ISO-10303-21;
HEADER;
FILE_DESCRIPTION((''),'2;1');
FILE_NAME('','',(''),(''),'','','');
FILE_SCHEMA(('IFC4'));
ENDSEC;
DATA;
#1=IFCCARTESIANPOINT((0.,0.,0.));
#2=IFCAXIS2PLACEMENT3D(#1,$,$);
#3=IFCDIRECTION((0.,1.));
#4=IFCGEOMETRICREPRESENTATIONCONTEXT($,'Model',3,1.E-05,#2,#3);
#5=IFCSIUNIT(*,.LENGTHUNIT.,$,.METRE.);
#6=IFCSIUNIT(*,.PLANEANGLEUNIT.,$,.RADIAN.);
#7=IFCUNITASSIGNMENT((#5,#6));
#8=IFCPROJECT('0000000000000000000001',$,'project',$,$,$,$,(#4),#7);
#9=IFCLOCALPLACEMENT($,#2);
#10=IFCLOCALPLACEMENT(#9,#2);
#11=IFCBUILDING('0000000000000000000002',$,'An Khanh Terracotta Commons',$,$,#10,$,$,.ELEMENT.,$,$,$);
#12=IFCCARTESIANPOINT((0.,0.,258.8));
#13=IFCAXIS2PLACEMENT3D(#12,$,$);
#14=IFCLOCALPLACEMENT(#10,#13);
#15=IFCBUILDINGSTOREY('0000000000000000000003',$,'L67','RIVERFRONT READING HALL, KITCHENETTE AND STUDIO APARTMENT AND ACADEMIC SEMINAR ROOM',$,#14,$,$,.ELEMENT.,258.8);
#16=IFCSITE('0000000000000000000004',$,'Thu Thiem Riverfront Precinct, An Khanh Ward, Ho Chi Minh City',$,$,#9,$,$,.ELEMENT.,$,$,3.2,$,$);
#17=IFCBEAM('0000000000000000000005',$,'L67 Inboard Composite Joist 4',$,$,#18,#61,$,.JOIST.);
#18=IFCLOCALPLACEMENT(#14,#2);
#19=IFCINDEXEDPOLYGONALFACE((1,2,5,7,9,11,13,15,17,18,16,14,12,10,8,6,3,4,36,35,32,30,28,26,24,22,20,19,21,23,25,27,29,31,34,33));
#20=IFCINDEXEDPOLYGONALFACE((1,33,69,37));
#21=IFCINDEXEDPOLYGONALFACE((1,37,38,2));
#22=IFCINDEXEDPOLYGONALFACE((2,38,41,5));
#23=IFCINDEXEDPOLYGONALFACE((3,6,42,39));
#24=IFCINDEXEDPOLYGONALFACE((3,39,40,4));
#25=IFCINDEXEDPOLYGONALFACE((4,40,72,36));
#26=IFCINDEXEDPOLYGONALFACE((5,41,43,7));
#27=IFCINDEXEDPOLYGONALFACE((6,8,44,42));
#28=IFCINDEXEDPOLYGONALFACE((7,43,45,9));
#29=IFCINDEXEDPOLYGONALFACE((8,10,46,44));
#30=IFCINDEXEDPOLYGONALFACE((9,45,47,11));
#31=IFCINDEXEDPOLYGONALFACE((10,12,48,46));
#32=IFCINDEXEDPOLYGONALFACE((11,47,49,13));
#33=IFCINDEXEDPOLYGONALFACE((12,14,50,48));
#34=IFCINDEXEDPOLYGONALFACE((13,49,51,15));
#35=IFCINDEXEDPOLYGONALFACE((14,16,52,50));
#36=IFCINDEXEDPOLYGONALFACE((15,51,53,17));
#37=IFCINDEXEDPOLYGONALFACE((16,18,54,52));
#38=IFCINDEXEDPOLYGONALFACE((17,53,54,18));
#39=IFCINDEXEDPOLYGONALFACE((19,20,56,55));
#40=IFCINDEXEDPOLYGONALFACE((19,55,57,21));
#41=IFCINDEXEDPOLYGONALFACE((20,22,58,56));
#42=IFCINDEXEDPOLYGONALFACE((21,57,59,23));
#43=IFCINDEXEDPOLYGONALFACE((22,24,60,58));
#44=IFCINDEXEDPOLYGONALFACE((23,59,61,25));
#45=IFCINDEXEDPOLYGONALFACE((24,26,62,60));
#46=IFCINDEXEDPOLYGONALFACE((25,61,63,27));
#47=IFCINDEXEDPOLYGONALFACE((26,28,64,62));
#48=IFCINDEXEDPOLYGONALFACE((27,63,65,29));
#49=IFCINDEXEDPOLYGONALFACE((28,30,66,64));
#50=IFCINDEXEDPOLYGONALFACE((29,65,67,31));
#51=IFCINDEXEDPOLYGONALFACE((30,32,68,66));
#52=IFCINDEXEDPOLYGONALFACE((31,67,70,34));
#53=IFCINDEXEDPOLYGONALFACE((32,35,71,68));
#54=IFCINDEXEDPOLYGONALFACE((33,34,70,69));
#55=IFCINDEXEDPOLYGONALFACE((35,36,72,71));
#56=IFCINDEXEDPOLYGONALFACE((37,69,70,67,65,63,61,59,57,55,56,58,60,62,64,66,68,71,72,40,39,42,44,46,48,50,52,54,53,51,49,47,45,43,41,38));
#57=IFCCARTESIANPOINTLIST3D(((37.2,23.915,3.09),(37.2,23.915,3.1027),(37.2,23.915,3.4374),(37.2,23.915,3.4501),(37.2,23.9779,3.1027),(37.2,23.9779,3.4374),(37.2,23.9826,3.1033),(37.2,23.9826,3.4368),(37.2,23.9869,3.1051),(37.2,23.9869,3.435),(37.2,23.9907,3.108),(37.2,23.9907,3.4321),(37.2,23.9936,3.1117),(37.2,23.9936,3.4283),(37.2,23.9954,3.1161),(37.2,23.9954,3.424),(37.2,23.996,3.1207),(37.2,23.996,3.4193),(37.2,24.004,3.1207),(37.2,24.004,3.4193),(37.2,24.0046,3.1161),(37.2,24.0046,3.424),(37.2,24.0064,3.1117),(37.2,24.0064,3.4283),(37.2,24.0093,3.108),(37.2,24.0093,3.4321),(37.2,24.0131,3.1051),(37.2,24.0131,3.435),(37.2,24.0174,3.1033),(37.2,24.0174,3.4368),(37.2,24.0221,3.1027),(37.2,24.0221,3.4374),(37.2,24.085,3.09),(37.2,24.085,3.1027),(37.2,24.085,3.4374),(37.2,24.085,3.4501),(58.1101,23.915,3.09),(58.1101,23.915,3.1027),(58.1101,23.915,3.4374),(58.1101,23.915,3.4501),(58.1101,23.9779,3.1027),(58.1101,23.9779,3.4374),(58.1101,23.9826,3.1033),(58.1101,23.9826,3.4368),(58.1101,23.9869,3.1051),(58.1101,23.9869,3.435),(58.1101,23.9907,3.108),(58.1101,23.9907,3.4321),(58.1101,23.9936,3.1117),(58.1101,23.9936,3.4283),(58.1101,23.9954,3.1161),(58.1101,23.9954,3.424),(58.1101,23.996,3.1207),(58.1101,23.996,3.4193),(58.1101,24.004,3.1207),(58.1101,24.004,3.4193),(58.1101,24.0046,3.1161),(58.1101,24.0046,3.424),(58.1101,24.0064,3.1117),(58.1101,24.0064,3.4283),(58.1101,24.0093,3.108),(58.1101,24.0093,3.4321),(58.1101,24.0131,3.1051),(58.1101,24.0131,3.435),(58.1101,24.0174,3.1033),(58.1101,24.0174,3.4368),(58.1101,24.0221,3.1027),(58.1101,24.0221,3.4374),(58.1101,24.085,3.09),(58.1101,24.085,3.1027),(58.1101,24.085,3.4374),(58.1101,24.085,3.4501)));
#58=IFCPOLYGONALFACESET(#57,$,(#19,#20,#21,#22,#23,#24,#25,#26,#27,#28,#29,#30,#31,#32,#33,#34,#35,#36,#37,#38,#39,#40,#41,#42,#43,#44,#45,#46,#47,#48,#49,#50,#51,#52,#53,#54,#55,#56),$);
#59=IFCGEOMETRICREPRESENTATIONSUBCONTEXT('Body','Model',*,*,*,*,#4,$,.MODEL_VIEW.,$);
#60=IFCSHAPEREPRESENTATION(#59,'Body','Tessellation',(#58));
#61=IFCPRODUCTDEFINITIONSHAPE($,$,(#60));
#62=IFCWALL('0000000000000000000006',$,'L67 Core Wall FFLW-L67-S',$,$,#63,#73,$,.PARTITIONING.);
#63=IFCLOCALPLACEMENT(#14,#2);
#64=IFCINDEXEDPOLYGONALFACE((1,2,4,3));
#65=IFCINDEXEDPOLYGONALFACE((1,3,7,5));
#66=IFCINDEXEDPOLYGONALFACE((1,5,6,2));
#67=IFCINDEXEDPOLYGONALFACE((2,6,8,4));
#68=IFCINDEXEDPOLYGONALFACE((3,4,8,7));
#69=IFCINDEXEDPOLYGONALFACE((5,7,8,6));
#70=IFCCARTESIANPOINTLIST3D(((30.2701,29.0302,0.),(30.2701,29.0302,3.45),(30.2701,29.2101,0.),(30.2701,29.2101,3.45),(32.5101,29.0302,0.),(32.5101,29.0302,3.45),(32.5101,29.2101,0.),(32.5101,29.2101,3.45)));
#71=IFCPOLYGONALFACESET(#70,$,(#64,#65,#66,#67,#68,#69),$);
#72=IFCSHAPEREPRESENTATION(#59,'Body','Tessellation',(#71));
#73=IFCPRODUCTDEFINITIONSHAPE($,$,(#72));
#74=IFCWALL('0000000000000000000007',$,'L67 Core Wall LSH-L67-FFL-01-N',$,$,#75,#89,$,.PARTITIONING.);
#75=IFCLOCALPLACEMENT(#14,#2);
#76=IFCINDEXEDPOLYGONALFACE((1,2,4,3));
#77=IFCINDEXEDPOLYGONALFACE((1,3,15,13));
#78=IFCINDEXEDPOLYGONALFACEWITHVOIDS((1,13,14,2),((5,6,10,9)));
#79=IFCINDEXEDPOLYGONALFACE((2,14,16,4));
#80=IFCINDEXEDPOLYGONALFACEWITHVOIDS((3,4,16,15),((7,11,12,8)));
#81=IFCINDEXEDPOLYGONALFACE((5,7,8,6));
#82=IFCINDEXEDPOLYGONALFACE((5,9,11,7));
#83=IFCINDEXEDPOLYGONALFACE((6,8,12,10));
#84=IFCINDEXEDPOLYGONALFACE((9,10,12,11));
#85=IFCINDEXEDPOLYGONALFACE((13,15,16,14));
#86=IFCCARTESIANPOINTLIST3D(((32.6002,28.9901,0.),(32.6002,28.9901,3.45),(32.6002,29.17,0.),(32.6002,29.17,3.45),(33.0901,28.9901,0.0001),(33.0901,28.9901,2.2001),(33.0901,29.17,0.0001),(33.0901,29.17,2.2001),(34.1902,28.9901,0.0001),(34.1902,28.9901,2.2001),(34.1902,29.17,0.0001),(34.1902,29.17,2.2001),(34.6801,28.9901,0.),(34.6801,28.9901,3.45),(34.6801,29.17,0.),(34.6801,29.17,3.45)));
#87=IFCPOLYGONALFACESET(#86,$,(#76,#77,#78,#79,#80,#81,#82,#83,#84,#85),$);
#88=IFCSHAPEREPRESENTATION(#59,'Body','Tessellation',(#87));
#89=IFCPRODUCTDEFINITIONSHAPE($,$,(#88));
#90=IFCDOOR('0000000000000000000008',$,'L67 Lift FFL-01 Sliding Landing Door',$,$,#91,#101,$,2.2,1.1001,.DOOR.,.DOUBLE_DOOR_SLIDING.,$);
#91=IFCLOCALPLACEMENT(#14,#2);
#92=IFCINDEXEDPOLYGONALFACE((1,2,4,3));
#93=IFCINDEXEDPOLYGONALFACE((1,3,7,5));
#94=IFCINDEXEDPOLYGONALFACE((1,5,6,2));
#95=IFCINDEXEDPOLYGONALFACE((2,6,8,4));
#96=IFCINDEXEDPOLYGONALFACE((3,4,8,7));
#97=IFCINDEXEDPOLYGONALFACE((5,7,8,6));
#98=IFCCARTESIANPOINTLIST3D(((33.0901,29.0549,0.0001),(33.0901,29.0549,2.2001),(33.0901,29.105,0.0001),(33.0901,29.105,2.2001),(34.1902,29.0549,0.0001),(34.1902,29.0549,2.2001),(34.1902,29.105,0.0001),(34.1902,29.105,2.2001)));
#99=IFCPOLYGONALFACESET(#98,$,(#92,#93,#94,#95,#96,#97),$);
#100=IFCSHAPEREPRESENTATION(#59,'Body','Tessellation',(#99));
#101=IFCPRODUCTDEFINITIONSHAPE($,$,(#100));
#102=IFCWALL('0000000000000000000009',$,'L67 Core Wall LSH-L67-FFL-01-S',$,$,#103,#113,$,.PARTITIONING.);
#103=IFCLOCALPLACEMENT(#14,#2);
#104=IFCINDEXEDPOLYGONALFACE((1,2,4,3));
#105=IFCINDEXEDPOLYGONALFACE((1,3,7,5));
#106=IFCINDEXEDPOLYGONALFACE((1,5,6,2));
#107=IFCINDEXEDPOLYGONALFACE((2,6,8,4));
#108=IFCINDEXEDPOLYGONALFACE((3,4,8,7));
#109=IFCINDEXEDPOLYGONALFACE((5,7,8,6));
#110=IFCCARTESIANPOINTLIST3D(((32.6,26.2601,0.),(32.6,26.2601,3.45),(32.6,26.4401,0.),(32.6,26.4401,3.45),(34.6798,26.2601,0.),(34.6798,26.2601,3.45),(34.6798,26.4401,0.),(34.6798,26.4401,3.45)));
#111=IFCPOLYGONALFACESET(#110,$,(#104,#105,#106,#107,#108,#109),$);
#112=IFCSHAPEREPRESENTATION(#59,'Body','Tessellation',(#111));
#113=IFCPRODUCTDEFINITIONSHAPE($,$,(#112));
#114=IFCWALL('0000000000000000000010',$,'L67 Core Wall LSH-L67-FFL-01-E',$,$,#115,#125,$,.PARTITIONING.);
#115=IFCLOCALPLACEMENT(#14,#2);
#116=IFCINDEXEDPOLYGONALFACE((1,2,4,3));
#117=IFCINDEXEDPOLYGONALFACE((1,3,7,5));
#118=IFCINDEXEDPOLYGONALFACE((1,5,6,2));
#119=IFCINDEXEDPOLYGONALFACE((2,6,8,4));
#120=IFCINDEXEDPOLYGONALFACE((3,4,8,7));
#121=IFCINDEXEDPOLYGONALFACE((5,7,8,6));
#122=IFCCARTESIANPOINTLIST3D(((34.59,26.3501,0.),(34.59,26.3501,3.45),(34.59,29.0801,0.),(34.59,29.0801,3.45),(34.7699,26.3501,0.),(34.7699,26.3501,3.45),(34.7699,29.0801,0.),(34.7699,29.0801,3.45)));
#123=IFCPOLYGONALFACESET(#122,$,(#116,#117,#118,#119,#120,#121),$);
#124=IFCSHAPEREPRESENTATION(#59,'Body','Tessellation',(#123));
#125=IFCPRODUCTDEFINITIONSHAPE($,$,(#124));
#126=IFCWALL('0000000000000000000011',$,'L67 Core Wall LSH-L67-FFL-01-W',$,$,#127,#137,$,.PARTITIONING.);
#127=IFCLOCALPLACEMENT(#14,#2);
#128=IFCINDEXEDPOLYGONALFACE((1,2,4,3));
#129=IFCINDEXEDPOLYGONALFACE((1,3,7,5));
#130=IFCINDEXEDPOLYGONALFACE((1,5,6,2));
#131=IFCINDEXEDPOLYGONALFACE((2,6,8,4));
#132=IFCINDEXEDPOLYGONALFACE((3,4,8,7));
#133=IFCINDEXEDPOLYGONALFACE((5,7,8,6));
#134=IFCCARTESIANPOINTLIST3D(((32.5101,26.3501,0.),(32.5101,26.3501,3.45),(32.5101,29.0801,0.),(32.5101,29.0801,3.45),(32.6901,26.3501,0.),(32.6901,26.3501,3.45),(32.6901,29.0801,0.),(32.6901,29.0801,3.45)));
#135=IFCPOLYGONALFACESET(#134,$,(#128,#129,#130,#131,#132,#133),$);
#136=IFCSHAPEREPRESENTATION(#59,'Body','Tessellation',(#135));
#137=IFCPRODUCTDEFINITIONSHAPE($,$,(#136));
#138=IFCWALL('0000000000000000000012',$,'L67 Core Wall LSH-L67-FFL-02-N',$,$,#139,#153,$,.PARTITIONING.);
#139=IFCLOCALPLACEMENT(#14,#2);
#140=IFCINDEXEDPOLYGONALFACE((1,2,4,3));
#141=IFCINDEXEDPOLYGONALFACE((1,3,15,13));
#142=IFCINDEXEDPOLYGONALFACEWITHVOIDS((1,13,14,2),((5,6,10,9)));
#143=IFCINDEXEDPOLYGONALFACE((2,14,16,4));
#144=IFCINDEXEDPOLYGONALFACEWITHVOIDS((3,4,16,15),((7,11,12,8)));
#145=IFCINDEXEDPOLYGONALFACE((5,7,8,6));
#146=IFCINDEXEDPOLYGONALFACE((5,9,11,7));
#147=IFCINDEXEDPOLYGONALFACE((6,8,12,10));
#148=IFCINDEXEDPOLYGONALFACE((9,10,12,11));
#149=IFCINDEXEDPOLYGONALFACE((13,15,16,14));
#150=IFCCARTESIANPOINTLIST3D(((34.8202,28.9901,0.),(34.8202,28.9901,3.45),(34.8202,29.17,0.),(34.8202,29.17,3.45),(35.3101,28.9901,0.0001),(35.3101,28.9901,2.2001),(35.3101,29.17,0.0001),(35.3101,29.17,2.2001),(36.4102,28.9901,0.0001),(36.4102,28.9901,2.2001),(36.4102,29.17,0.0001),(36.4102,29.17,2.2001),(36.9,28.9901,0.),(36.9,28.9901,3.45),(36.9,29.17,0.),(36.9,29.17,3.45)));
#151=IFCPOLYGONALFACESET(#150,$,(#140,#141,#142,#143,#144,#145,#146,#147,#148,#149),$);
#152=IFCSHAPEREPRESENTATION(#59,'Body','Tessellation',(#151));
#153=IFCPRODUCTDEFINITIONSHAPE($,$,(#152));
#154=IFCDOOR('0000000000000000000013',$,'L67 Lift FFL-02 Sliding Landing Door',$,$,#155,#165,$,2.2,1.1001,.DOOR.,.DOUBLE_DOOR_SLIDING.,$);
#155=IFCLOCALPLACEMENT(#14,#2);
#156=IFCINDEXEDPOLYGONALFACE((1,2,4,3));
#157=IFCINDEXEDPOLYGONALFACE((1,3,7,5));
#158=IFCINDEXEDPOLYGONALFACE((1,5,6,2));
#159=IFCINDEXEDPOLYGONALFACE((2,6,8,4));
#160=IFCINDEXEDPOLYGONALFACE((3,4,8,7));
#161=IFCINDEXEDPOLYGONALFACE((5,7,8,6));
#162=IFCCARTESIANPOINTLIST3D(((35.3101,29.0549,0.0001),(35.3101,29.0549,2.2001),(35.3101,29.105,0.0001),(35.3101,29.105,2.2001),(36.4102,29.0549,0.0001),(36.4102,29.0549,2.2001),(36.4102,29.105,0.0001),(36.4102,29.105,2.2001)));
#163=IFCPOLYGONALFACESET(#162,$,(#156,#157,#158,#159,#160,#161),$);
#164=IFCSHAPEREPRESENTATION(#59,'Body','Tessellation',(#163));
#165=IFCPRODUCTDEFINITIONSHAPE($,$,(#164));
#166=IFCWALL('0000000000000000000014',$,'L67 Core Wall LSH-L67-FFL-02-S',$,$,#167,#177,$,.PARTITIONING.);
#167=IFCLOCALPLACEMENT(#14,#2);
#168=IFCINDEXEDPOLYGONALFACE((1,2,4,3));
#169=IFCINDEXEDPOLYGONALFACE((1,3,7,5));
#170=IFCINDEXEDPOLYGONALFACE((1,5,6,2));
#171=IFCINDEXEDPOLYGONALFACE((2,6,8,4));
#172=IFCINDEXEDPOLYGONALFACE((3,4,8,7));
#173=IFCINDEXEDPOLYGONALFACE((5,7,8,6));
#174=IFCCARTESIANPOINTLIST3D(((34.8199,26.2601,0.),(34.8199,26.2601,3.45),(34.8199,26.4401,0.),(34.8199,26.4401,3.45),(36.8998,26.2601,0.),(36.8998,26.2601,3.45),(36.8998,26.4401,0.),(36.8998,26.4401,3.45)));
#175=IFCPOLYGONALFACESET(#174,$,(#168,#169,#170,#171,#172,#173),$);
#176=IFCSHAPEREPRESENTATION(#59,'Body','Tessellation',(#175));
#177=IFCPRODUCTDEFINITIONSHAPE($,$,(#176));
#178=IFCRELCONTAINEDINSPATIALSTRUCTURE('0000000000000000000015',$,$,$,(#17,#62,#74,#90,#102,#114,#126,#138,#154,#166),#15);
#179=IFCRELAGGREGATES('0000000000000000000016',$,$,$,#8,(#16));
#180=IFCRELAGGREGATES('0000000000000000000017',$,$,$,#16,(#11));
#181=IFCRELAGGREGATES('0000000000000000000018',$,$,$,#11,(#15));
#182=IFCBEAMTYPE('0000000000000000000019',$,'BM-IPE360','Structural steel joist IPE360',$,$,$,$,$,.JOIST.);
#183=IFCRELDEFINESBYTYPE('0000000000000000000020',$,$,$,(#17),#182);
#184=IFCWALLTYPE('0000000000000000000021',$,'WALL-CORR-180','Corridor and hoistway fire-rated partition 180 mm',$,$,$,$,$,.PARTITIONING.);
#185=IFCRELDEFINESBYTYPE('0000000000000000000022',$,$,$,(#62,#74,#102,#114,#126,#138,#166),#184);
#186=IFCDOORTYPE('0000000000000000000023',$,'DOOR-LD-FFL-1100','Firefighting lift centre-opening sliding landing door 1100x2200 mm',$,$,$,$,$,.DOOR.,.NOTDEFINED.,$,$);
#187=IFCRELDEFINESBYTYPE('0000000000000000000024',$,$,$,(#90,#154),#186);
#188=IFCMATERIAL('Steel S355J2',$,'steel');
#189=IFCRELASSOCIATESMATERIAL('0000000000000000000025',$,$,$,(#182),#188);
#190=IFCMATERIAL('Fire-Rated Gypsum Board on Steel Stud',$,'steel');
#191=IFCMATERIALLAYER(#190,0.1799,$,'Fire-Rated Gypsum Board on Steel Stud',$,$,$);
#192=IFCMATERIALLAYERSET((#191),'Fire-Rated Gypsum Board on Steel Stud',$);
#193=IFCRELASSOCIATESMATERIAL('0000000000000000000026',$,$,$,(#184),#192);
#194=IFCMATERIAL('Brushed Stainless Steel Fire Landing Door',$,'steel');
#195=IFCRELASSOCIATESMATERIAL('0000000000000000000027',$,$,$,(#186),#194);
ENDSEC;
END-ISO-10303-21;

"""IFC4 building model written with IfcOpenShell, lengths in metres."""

from ifc_helpers import new_model, si_unit, direction, frame, frame_2d, origin, origin_2d, place, context, subcontext, project, spatial, rectangle, i_section, extrude, material, layer, layer_set, material_profile, profile_set, type_object, element, fill, save


model = new_model("IFC4")

# Units and contexts
model_context = context("Model", 3, precision=1e-05, world=origin(), true_north=direction((0.0, 1.0)))
body_context = subcontext(model_context, "Body", "Model", "MODEL_VIEW")
ifc_project = project(units=[si_unit("LENGTHUNIT", "METRE"), si_unit("PLANEANGLEUNIT", "RADIAN")], contexts=[model_context])

# Site, building, storey
site_placement = place(None, origin())
site = spatial("IfcSite", under=ifc_project, at=site_placement, Name="Thu Thiem Riverfront Precinct, An Khanh Ward, Ho Chi Minh City", CompositionType="ELEMENT", RefElevation=3.2)
building_placement = place(site_placement, origin())
building = spatial("IfcBuilding", under=site, at=building_placement, Name="An Khanh Terracotta Commons", CompositionType="ELEMENT")
storey_placement = place(building_placement, frame((0.0, 0.0, 258.8)))
storey = spatial("IfcBuildingStorey", under=building, at=storey_placement, Name="L67", Description="RIVERFRONT READING HALL, KITCHENETTE AND STUDIO APARTMENT AND ACADEMIC SEMINAR ROOM", CompositionType="ELEMENT", Elevation=258.8)

# Beam
ifc_material_1 = material(Name="Steel S355J2", Category="steel")
ifc_material_profile = material_profile(ifc_material_1, i_section(OverallWidth=0.1699, OverallDepth=0.3601, WebThickness=0.0081, FlangeThickness=0.0127, FilletRadius=0.0181, at=origin_2d()), Name="IPE360")
ifc_profile_set = profile_set([ifc_material_profile], Name="Steel S355J2")
beam_type = type_object("IfcBeamType", Name="BM-IPE360", Description="Structural steel joist IPE360", PredefinedType="JOIST", material=ifc_profile_set)
beam_placement = place(storey_placement, frame((37.2, 24.0, 3.27), z_axis=(1.0, 0.0, 0.0), x_axis=(0.0, 1.0, 0.0)))
element("IfcBeam", 1, at=beam_placement, inside=storey, type_object=beam_type, Name="L67 Inboard Composite Joist 4", PredefinedType="JOIST", context=body_context, shape_type="SweptSolid", body=[
    extrude(i_section(OverallWidth=0.1699, OverallDepth=0.3601, WebThickness=0.0081, FlangeThickness=0.0127, FilletRadius=0.0181, at=origin_2d()), origin(), (0.0, 0.0, 1.0), 20.9102),
])

# Wall
ifc_material_2 = material(Name="Fire-Rated Gypsum Board on Steel Stud", Category="steel")
ifc_layer_1 = layer(ifc_material_2, 0.1799, Name="Fire-Rated Gypsum Board on Steel Stud")
ifc_layer_set_1 = layer_set([ifc_layer_1], Name="Fire-Rated Gypsum Board on Steel Stud")
wall_type_1 = type_object("IfcWallType", Name="WALL-CORR-180", Description="Corridor and hoistway fire-rated partition 180 mm", PredefinedType="PARTITIONING", material=ifc_layer_set_1)
wall_1_placement = place(storey_placement, frame((30.27, 29.1201, 0.0), z_axis=(0.0, 0.0, 1.0), x_axis=(1.0, 0.0, 0.0)))
element("IfcWall", 2, at=wall_1_placement, inside=storey, type_object=wall_type_1, Name="L67 Core Wall FFLW-L67-S", PredefinedType="PARTITIONING", context=body_context, shape_type="SweptSolid", body=[
    extrude(rectangle(XDim=2.24, YDim=0.1799, at=frame_2d((1.1201, 0.0))), origin(), (0.0, 0.0, 1.0), 3.45),
])

# Wall, opening, door
wall_2_placement = place(storey_placement, frame((32.6001, 29.0801, 0.0), z_axis=(0.0, 0.0, 1.0), x_axis=(1.0, 0.0, 0.0)))
wall_2 = element("IfcWall", 3, at=wall_2_placement, inside=storey, type_object=wall_type_1, Name="L67 Core Wall LSH-L67-FFL-01-N", PredefinedType="PARTITIONING", context=body_context, shape_type="SweptSolid", body=[
    extrude(rectangle(XDim=2.0798, YDim=0.1799, at=frame_2d((1.04, 0.0))), origin(), (0.0, 0.0, 1.0), 3.45),
])
opening_1_placement = place(wall_2_placement, frame((0.49, 0.0, 0.0)))
opening_1 = element("IfcOpeningElement", 4, at=opening_1_placement, cuts=wall_2, PredefinedType="OPENING", context=body_context, shape_type="SweptSolid", body=[
    extrude(rectangle(XDim=1.1001, YDim=2.2, at=frame_2d((0.55, 1.1001))), frame((0.0, 0.0999, 0.0), z_axis=(0.0, -1.0, 0.0), x_axis=(1.0, 0.0, 0.0)), (0.0, 0.0, 1.0), 0.2),
])
ifc_material_3 = material(Name="Brushed Stainless Steel Fire Landing Door", Category="steel")
door_type_1 = type_object("IfcDoorType", Name="DOOR-LD-FFL-1100", Description="Firefighting lift centre-opening sliding landing door 1100x2200 mm", OperationType="NOTDEFINED", PredefinedType="DOOR", material=ifc_material_3)
door_1_placement = place(opening_1_placement, origin())
door_1 = element("IfcDoor", 5, at=door_1_placement, inside=storey, type_object=door_type_1, Name="L67 Lift FFL-01 Sliding Landing Door", OperationType="DOUBLE_DOOR_SLIDING", OverallHeight=2.2, OverallWidth=1.1001, PredefinedType="DOOR", context=body_context, shape_type="SweptSolid", body=[
    extrude(rectangle(XDim=1.1001, YDim=2.2, at=frame_2d((0.55, 1.1001))), frame((0.0, 0.0249, 0.0), z_axis=(0.0, -1.0, 0.0), x_axis=(1.0, 0.0, 0.0)), (0.0, 0.0, 1.0), 0.05),
])
fill(opening_1, door_1)

# Walls
wall_3_placement = place(storey_placement, frame((34.6799, 26.3501, 0.0), z_axis=(0.0, 0.0, 1.0), x_axis=(-1.0, 0.0, 0.0)))
element("IfcWall", 6, at=wall_3_placement, inside=storey, type_object=wall_type_1, Name="L67 Core Wall LSH-L67-FFL-01-S", PredefinedType="PARTITIONING", context=body_context, shape_type="SweptSolid", body=[
    extrude(rectangle(XDim=2.0798, YDim=0.1799, at=frame_2d((1.04, 0.0))), origin(), (0.0, 0.0, 1.0), 3.45),
])
for number, where, z_axis, x_axis, name in (
    (7, (34.6799, 26.3501, 0.0), (0.0, 0.0, 1.0), (0.0, 1.0, 0.0), "L67 Core Wall LSH-L67-FFL-01-E"),
    (8, (32.6001, 29.0801, 0.0), (0.0, 0.0, 1.0), (0.0, -1.0, 0.0), "L67 Core Wall LSH-L67-FFL-01-W"),
):
    element("IfcWall", number, at=place(storey_placement, frame(where, z_axis=z_axis, x_axis=x_axis)), inside=storey, type_object=wall_type_1, Name=name, PredefinedType="PARTITIONING", context=body_context, shape_type="SweptSolid", body=[
        extrude(rectangle(XDim=2.73, YDim=0.1799, at=frame_2d((1.365, 0.0))), origin(), (0.0, 0.0, 1.0), 3.45),
    ])

# Wall, opening, door
wall_4_placement = place(storey_placement, frame((34.8201, 29.0801, 0.0), z_axis=(0.0, 0.0, 1.0), x_axis=(1.0, 0.0, 0.0)))
wall_4 = element("IfcWall", 9, at=wall_4_placement, inside=storey, type_object=wall_type_1, Name="L67 Core Wall LSH-L67-FFL-02-N", PredefinedType="PARTITIONING", context=body_context, shape_type="SweptSolid", body=[
    extrude(rectangle(XDim=2.0798, YDim=0.1799, at=frame_2d((1.04, 0.0))), origin(), (0.0, 0.0, 1.0), 3.45),
])
opening_2_placement = place(wall_4_placement, frame((0.49, 0.0, 0.0)))
opening_2 = element("IfcOpeningElement", 10, at=opening_2_placement, cuts=wall_4, PredefinedType="OPENING", context=body_context, shape_type="SweptSolid", body=[
    extrude(rectangle(XDim=1.1001, YDim=2.2, at=frame_2d((0.55, 1.1001))), frame((0.0, 0.0999, 0.0), z_axis=(0.0, -1.0, 0.0), x_axis=(1.0, 0.0, 0.0)), (0.0, 0.0, 1.0), 0.2),
])
door_2_placement = place(opening_2_placement, origin())
door_2 = element("IfcDoor", 11, at=door_2_placement, inside=storey, type_object=door_type_1, Name="L67 Lift FFL-02 Sliding Landing Door", OperationType="DOUBLE_DOOR_SLIDING", OverallHeight=2.2, OverallWidth=1.1001, PredefinedType="DOOR", context=body_context, shape_type="SweptSolid", body=[
    extrude(rectangle(XDim=1.1001, YDim=2.2, at=frame_2d((0.55, 1.1001))), frame((0.0, 0.0249, 0.0), z_axis=(0.0, -1.0, 0.0), x_axis=(1.0, 0.0, 0.0)), (0.0, 0.0, 1.0), 0.05),
])
fill(opening_2, door_2)

# Wall
wall_5_placement = place(storey_placement, frame((36.8999, 26.3501, 0.0), z_axis=(0.0, 0.0, 1.0), x_axis=(-1.0, 0.0, 0.0)))
element("IfcWall", 12, at=wall_5_placement, inside=storey, type_object=wall_type_1, Name="L67 Core Wall LSH-L67-FFL-02-S", PredefinedType="PARTITIONING", context=body_context, shape_type="SweptSolid", body=[
    extrude(rectangle(XDim=2.0798, YDim=0.1799, at=frame_2d((1.04, 0.0))), origin(), (0.0, 0.0, 1.0), 3.45),
])

save(model, "model.ifc")
